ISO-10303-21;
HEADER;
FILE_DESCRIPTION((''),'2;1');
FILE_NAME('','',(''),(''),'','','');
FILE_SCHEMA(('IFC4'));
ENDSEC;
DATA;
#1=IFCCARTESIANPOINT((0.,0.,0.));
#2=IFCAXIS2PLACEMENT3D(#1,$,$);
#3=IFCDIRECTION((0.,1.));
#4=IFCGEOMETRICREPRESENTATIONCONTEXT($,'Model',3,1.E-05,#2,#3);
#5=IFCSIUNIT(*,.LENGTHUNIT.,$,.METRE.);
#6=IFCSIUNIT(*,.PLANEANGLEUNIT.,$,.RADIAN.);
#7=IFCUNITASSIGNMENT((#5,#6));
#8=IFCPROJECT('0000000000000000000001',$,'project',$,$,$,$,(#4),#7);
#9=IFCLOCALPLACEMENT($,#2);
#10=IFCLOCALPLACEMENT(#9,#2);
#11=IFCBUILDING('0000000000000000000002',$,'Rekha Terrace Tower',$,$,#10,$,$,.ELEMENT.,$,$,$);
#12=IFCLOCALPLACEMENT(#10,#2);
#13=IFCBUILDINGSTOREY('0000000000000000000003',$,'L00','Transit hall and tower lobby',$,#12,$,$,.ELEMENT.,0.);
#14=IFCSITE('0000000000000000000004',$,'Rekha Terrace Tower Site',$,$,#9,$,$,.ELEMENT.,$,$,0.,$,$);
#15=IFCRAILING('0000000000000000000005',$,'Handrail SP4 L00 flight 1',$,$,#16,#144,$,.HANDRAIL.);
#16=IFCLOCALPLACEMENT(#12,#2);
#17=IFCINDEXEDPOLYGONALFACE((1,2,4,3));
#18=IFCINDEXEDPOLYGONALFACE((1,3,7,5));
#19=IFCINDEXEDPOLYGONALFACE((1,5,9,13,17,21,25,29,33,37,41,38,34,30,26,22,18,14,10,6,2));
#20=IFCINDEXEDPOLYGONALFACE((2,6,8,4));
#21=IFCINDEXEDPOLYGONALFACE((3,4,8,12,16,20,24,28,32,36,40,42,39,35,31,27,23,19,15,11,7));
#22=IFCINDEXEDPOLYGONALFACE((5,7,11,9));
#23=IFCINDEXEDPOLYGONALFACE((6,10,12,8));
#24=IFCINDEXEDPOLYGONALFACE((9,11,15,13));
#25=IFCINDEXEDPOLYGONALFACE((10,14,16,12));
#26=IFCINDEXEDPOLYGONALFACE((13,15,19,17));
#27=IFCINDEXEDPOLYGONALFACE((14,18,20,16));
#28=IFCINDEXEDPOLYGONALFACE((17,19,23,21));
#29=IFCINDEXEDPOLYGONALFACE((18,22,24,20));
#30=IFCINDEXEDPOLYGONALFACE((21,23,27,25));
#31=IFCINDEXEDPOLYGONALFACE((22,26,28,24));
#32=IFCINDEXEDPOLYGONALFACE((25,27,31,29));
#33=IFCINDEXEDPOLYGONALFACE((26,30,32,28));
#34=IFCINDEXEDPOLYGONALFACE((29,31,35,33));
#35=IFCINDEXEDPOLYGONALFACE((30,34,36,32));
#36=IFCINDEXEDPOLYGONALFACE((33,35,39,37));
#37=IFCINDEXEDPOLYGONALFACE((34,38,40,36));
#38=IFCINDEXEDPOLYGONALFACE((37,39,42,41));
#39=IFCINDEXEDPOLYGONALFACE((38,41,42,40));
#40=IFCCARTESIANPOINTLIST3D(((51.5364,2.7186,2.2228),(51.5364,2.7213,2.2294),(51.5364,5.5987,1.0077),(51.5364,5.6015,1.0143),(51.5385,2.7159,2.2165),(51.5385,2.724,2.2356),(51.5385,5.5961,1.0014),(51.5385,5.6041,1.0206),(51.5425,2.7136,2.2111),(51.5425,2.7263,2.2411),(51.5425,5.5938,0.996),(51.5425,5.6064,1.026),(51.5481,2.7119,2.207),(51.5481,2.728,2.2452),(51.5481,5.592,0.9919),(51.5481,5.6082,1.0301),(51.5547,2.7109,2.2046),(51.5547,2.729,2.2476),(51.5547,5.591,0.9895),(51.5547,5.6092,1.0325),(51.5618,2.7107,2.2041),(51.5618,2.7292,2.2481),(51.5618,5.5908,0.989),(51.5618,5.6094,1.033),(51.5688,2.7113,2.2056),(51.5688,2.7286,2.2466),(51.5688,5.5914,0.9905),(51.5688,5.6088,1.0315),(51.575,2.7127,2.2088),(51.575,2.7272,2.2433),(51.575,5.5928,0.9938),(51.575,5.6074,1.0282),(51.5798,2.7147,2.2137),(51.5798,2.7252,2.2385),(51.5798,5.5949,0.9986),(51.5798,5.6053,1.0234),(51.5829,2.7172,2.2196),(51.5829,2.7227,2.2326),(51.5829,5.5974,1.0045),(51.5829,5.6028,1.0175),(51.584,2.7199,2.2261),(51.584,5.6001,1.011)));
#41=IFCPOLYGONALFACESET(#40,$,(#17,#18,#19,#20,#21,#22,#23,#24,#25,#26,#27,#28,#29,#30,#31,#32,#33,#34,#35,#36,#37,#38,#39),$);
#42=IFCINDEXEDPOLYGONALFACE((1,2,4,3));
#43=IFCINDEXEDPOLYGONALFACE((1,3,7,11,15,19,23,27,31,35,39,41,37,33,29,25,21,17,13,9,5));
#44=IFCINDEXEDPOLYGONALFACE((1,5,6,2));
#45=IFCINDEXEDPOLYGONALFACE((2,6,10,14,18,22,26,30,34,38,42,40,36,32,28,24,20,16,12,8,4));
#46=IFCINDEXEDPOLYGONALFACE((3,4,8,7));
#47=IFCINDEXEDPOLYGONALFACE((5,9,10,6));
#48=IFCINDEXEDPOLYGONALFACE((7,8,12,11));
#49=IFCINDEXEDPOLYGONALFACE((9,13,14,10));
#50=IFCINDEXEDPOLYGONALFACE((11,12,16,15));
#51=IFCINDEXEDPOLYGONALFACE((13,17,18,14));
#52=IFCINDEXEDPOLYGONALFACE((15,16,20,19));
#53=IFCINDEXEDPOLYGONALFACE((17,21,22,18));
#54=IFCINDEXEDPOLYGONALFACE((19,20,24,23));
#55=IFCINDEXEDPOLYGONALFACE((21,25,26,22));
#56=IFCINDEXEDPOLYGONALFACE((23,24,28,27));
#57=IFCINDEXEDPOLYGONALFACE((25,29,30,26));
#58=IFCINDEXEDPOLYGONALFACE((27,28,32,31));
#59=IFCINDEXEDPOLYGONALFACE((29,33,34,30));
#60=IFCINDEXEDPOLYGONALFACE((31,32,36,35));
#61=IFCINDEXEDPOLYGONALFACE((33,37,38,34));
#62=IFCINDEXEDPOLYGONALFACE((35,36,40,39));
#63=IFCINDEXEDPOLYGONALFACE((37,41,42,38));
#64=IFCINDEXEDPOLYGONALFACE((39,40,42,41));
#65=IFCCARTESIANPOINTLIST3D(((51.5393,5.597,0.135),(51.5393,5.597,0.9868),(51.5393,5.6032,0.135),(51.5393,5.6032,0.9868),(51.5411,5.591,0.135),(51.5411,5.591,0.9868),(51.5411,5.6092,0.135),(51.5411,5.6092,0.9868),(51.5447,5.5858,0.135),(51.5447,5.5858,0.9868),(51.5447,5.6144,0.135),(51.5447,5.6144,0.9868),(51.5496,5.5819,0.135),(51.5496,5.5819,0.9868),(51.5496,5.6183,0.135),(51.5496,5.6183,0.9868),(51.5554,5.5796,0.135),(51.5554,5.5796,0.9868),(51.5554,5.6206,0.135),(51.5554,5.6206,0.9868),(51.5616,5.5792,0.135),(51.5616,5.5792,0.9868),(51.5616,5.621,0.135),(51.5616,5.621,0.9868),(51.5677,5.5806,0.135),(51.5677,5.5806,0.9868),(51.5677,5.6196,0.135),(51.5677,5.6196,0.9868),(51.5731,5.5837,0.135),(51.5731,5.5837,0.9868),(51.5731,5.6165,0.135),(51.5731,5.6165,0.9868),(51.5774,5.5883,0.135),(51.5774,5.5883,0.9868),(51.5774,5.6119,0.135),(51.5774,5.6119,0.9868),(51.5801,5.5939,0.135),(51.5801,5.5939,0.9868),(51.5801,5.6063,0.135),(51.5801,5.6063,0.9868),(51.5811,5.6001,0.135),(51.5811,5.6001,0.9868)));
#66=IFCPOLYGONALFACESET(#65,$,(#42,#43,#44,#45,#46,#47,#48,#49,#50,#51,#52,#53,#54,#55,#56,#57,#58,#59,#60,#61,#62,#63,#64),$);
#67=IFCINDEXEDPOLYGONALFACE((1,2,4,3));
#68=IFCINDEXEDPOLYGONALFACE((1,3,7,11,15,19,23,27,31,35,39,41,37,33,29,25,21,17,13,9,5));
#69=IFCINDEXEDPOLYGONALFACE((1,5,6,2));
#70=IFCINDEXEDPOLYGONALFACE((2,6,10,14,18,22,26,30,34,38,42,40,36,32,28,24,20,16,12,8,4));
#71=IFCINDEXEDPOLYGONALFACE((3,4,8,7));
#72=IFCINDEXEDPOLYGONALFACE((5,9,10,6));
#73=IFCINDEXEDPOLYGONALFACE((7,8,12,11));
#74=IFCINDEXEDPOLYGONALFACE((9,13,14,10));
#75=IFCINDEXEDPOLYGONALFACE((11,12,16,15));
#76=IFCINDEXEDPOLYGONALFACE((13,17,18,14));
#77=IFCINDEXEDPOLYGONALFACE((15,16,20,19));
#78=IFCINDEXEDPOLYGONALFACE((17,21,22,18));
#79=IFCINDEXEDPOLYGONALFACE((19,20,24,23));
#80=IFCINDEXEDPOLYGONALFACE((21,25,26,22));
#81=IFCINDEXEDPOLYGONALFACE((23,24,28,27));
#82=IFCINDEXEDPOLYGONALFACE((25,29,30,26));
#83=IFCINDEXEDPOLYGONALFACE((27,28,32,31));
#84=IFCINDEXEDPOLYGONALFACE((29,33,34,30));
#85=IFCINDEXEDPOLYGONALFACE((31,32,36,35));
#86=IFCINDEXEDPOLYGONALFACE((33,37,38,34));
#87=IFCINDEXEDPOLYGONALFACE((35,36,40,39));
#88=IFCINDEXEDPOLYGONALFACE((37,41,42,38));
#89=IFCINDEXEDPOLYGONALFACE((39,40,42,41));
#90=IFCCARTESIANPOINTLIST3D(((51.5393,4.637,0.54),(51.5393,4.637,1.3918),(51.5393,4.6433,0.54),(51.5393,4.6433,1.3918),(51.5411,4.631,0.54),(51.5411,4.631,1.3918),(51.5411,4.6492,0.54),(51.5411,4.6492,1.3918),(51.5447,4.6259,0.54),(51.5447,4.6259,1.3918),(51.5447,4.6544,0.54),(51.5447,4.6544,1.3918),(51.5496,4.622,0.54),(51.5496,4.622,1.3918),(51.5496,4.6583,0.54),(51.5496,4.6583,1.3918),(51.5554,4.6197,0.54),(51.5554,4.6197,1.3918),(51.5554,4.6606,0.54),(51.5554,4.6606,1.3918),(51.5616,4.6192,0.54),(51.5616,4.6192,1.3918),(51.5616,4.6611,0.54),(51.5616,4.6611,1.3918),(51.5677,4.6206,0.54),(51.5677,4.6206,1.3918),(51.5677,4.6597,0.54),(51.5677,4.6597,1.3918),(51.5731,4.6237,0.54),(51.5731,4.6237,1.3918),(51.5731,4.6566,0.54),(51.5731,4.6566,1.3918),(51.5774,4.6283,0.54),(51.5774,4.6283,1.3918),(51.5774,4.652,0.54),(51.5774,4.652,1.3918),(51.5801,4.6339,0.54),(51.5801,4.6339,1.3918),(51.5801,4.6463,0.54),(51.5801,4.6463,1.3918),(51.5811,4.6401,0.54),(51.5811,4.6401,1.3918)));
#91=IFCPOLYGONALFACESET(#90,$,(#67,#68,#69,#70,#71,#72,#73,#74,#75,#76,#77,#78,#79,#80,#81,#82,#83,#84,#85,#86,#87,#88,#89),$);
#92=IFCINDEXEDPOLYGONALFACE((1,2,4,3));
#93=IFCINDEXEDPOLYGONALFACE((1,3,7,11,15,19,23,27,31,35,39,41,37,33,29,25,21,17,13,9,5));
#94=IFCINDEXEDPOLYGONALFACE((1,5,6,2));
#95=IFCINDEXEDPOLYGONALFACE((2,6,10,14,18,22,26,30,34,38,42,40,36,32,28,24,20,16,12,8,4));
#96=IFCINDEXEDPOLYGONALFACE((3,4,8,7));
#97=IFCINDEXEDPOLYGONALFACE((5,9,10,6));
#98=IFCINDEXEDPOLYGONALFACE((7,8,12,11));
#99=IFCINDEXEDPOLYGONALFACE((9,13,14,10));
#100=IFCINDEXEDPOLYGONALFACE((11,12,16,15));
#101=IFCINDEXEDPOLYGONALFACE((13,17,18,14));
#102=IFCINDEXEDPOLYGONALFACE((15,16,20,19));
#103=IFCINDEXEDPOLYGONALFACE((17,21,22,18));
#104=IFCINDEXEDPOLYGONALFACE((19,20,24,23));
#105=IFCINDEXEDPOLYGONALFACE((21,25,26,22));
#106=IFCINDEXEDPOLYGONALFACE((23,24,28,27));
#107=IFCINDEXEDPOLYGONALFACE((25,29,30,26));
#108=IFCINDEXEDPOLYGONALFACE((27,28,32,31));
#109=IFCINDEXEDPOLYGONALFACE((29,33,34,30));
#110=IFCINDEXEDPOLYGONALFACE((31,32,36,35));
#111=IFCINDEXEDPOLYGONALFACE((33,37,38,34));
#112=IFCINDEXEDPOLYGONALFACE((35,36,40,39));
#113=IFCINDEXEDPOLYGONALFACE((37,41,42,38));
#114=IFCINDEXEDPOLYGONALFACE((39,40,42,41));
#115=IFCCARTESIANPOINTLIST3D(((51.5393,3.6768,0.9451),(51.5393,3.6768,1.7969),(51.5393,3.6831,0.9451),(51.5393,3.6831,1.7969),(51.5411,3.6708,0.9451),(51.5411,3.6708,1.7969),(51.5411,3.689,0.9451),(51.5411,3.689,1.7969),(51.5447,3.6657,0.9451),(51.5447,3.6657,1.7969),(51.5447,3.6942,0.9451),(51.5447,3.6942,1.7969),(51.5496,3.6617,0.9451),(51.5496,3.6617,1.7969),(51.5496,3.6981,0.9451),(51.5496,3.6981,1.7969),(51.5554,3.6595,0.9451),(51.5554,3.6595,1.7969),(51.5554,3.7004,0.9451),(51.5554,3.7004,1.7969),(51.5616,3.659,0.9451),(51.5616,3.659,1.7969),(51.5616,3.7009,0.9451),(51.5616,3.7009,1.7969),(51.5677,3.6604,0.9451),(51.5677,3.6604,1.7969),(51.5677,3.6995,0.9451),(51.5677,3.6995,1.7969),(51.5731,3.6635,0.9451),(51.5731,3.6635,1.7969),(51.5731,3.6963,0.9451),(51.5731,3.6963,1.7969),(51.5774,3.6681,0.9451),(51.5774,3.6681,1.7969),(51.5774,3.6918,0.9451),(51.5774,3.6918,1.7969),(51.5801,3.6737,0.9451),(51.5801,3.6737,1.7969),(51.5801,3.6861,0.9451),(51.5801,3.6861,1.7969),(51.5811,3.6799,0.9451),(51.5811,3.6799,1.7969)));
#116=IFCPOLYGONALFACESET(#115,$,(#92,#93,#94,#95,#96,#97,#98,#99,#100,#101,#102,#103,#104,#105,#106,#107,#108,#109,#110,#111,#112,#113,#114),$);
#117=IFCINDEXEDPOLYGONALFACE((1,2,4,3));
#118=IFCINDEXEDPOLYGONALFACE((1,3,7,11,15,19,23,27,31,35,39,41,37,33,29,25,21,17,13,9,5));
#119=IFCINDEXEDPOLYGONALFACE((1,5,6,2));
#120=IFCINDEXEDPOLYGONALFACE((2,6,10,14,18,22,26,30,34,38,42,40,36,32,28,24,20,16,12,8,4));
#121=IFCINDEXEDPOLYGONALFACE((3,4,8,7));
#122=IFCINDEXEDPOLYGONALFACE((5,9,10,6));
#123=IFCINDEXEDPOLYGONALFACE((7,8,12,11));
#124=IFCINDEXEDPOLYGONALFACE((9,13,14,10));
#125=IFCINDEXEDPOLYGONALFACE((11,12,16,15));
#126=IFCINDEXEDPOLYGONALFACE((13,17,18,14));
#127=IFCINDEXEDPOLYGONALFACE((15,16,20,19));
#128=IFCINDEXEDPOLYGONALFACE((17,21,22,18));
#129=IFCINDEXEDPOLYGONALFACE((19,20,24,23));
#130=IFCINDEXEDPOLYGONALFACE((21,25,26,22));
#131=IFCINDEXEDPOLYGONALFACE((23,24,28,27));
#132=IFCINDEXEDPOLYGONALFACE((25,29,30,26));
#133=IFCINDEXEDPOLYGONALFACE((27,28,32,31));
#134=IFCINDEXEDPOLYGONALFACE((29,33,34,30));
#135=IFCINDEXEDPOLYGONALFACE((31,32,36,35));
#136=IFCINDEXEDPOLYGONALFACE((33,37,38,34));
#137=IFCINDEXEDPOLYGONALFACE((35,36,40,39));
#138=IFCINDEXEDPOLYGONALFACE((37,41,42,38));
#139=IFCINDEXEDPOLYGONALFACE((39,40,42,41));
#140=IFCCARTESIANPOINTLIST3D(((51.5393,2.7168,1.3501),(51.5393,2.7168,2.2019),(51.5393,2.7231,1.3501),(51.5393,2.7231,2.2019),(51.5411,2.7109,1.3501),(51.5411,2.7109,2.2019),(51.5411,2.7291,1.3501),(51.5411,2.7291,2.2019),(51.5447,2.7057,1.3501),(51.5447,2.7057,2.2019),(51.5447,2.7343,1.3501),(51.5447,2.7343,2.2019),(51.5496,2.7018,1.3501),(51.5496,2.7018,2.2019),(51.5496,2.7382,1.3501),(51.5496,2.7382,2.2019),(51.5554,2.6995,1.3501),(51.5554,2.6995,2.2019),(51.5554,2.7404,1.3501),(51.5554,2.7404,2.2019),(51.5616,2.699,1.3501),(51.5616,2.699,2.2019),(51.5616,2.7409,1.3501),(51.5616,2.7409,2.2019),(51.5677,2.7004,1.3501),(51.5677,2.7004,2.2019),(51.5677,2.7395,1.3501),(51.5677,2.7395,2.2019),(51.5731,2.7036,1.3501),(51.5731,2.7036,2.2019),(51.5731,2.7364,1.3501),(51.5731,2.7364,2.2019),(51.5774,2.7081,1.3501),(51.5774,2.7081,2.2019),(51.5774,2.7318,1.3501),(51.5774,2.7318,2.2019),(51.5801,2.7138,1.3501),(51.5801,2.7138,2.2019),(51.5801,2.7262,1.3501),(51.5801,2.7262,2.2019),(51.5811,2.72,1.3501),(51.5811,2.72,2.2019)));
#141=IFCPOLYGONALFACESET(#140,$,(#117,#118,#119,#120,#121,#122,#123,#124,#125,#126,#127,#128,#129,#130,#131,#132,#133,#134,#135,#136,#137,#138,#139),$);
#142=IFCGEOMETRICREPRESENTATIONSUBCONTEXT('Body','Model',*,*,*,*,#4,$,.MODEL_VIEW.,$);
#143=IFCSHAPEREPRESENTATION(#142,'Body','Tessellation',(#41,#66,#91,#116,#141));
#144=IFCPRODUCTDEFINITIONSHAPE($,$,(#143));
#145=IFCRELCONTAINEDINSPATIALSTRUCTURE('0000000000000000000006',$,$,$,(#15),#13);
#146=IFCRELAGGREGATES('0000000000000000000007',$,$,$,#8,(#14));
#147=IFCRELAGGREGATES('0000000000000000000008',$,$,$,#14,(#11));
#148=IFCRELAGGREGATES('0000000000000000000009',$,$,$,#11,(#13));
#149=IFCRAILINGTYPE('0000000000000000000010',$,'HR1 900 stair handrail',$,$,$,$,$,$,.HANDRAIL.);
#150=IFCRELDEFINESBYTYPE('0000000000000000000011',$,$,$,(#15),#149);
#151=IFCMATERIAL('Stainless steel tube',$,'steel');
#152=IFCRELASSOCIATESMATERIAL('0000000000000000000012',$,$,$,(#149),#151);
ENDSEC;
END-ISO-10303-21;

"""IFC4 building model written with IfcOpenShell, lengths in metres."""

from ifc_helpers import new_model, si_unit, direction, frame, origin, origin_2d, place, context, subcontext, project, spatial, circle, extrude, material, type_object, element, save


model = new_model("IFC4")

# Units and contexts
model_context = context("Model", 3, precision=1e-05, world=origin(), true_north=direction((0.0, 1.0)))
body_context = subcontext(model_context, "Body", "Model", "MODEL_VIEW")
ifc_project = project(units=[si_unit("LENGTHUNIT", "METRE"), si_unit("PLANEANGLEUNIT", "RADIAN")], contexts=[model_context])

# Site, building, storey
site_placement = place(None, origin())
site = spatial("IfcSite", under=ifc_project, at=site_placement, Name="Rekha Terrace Tower Site", CompositionType="ELEMENT", RefElevation=0.0)
building_placement = place(site_placement, origin())
building = spatial("IfcBuilding", under=site, at=building_placement, Name="Rekha Terrace Tower", CompositionType="ELEMENT")
storey_placement = place(building_placement, origin())
storey = spatial("IfcBuildingStorey", under=building, at=storey_placement, Name="L00", Description="Transit hall and tower lobby", CompositionType="ELEMENT", Elevation=0.0)

# Railing
ifc_material_1 = material(Name="Stainless steel tube", Category="steel")
railing_type_1 = type_object("IfcRailingType", Name="HR1 900 stair handrail", PredefinedType="HANDRAIL", material=ifc_material_1)
railing_1_placement = place(storey_placement, frame((51.5601, 5.6001, 0.135)))
element("IfcRailing", 1, at=railing_1_placement, inside=storey, type_object=railing_type_1, Name="Handrail SP4 L00 flight 1", PredefinedType="HANDRAIL", context=body_context, shape_type="SweptSolid", body=[
    extrude(circle(Radius=0.0239, at=origin_2d()), frame((0.0, 0.0, 0.876), z_axis=(0.0, -0.92136, 0.38871), x_axis=(1.0, 0.0, 0.0)), (0.0, 0.0, 1.0), 3.126),
    extrude(circle(Radius=0.021, at=origin_2d()), origin(), (0.0, 0.0, 1.0), 0.8518),
    extrude(circle(Radius=0.021, at=origin_2d()), frame((0.0, -0.96, 0.405)), (0.0, 0.0, 1.0), 0.8518),
    extrude(circle(Radius=0.021, at=origin_2d()), frame((0.0, -1.9202, 0.8101)), (0.0, 0.0, 1.0), 0.8518),
    extrude(circle(Radius=0.021, at=origin_2d()), frame((0.0, -2.8801, 1.2151)), (0.0, 0.0, 1.0), 0.8518),
])

save(model, "model.ifc")
